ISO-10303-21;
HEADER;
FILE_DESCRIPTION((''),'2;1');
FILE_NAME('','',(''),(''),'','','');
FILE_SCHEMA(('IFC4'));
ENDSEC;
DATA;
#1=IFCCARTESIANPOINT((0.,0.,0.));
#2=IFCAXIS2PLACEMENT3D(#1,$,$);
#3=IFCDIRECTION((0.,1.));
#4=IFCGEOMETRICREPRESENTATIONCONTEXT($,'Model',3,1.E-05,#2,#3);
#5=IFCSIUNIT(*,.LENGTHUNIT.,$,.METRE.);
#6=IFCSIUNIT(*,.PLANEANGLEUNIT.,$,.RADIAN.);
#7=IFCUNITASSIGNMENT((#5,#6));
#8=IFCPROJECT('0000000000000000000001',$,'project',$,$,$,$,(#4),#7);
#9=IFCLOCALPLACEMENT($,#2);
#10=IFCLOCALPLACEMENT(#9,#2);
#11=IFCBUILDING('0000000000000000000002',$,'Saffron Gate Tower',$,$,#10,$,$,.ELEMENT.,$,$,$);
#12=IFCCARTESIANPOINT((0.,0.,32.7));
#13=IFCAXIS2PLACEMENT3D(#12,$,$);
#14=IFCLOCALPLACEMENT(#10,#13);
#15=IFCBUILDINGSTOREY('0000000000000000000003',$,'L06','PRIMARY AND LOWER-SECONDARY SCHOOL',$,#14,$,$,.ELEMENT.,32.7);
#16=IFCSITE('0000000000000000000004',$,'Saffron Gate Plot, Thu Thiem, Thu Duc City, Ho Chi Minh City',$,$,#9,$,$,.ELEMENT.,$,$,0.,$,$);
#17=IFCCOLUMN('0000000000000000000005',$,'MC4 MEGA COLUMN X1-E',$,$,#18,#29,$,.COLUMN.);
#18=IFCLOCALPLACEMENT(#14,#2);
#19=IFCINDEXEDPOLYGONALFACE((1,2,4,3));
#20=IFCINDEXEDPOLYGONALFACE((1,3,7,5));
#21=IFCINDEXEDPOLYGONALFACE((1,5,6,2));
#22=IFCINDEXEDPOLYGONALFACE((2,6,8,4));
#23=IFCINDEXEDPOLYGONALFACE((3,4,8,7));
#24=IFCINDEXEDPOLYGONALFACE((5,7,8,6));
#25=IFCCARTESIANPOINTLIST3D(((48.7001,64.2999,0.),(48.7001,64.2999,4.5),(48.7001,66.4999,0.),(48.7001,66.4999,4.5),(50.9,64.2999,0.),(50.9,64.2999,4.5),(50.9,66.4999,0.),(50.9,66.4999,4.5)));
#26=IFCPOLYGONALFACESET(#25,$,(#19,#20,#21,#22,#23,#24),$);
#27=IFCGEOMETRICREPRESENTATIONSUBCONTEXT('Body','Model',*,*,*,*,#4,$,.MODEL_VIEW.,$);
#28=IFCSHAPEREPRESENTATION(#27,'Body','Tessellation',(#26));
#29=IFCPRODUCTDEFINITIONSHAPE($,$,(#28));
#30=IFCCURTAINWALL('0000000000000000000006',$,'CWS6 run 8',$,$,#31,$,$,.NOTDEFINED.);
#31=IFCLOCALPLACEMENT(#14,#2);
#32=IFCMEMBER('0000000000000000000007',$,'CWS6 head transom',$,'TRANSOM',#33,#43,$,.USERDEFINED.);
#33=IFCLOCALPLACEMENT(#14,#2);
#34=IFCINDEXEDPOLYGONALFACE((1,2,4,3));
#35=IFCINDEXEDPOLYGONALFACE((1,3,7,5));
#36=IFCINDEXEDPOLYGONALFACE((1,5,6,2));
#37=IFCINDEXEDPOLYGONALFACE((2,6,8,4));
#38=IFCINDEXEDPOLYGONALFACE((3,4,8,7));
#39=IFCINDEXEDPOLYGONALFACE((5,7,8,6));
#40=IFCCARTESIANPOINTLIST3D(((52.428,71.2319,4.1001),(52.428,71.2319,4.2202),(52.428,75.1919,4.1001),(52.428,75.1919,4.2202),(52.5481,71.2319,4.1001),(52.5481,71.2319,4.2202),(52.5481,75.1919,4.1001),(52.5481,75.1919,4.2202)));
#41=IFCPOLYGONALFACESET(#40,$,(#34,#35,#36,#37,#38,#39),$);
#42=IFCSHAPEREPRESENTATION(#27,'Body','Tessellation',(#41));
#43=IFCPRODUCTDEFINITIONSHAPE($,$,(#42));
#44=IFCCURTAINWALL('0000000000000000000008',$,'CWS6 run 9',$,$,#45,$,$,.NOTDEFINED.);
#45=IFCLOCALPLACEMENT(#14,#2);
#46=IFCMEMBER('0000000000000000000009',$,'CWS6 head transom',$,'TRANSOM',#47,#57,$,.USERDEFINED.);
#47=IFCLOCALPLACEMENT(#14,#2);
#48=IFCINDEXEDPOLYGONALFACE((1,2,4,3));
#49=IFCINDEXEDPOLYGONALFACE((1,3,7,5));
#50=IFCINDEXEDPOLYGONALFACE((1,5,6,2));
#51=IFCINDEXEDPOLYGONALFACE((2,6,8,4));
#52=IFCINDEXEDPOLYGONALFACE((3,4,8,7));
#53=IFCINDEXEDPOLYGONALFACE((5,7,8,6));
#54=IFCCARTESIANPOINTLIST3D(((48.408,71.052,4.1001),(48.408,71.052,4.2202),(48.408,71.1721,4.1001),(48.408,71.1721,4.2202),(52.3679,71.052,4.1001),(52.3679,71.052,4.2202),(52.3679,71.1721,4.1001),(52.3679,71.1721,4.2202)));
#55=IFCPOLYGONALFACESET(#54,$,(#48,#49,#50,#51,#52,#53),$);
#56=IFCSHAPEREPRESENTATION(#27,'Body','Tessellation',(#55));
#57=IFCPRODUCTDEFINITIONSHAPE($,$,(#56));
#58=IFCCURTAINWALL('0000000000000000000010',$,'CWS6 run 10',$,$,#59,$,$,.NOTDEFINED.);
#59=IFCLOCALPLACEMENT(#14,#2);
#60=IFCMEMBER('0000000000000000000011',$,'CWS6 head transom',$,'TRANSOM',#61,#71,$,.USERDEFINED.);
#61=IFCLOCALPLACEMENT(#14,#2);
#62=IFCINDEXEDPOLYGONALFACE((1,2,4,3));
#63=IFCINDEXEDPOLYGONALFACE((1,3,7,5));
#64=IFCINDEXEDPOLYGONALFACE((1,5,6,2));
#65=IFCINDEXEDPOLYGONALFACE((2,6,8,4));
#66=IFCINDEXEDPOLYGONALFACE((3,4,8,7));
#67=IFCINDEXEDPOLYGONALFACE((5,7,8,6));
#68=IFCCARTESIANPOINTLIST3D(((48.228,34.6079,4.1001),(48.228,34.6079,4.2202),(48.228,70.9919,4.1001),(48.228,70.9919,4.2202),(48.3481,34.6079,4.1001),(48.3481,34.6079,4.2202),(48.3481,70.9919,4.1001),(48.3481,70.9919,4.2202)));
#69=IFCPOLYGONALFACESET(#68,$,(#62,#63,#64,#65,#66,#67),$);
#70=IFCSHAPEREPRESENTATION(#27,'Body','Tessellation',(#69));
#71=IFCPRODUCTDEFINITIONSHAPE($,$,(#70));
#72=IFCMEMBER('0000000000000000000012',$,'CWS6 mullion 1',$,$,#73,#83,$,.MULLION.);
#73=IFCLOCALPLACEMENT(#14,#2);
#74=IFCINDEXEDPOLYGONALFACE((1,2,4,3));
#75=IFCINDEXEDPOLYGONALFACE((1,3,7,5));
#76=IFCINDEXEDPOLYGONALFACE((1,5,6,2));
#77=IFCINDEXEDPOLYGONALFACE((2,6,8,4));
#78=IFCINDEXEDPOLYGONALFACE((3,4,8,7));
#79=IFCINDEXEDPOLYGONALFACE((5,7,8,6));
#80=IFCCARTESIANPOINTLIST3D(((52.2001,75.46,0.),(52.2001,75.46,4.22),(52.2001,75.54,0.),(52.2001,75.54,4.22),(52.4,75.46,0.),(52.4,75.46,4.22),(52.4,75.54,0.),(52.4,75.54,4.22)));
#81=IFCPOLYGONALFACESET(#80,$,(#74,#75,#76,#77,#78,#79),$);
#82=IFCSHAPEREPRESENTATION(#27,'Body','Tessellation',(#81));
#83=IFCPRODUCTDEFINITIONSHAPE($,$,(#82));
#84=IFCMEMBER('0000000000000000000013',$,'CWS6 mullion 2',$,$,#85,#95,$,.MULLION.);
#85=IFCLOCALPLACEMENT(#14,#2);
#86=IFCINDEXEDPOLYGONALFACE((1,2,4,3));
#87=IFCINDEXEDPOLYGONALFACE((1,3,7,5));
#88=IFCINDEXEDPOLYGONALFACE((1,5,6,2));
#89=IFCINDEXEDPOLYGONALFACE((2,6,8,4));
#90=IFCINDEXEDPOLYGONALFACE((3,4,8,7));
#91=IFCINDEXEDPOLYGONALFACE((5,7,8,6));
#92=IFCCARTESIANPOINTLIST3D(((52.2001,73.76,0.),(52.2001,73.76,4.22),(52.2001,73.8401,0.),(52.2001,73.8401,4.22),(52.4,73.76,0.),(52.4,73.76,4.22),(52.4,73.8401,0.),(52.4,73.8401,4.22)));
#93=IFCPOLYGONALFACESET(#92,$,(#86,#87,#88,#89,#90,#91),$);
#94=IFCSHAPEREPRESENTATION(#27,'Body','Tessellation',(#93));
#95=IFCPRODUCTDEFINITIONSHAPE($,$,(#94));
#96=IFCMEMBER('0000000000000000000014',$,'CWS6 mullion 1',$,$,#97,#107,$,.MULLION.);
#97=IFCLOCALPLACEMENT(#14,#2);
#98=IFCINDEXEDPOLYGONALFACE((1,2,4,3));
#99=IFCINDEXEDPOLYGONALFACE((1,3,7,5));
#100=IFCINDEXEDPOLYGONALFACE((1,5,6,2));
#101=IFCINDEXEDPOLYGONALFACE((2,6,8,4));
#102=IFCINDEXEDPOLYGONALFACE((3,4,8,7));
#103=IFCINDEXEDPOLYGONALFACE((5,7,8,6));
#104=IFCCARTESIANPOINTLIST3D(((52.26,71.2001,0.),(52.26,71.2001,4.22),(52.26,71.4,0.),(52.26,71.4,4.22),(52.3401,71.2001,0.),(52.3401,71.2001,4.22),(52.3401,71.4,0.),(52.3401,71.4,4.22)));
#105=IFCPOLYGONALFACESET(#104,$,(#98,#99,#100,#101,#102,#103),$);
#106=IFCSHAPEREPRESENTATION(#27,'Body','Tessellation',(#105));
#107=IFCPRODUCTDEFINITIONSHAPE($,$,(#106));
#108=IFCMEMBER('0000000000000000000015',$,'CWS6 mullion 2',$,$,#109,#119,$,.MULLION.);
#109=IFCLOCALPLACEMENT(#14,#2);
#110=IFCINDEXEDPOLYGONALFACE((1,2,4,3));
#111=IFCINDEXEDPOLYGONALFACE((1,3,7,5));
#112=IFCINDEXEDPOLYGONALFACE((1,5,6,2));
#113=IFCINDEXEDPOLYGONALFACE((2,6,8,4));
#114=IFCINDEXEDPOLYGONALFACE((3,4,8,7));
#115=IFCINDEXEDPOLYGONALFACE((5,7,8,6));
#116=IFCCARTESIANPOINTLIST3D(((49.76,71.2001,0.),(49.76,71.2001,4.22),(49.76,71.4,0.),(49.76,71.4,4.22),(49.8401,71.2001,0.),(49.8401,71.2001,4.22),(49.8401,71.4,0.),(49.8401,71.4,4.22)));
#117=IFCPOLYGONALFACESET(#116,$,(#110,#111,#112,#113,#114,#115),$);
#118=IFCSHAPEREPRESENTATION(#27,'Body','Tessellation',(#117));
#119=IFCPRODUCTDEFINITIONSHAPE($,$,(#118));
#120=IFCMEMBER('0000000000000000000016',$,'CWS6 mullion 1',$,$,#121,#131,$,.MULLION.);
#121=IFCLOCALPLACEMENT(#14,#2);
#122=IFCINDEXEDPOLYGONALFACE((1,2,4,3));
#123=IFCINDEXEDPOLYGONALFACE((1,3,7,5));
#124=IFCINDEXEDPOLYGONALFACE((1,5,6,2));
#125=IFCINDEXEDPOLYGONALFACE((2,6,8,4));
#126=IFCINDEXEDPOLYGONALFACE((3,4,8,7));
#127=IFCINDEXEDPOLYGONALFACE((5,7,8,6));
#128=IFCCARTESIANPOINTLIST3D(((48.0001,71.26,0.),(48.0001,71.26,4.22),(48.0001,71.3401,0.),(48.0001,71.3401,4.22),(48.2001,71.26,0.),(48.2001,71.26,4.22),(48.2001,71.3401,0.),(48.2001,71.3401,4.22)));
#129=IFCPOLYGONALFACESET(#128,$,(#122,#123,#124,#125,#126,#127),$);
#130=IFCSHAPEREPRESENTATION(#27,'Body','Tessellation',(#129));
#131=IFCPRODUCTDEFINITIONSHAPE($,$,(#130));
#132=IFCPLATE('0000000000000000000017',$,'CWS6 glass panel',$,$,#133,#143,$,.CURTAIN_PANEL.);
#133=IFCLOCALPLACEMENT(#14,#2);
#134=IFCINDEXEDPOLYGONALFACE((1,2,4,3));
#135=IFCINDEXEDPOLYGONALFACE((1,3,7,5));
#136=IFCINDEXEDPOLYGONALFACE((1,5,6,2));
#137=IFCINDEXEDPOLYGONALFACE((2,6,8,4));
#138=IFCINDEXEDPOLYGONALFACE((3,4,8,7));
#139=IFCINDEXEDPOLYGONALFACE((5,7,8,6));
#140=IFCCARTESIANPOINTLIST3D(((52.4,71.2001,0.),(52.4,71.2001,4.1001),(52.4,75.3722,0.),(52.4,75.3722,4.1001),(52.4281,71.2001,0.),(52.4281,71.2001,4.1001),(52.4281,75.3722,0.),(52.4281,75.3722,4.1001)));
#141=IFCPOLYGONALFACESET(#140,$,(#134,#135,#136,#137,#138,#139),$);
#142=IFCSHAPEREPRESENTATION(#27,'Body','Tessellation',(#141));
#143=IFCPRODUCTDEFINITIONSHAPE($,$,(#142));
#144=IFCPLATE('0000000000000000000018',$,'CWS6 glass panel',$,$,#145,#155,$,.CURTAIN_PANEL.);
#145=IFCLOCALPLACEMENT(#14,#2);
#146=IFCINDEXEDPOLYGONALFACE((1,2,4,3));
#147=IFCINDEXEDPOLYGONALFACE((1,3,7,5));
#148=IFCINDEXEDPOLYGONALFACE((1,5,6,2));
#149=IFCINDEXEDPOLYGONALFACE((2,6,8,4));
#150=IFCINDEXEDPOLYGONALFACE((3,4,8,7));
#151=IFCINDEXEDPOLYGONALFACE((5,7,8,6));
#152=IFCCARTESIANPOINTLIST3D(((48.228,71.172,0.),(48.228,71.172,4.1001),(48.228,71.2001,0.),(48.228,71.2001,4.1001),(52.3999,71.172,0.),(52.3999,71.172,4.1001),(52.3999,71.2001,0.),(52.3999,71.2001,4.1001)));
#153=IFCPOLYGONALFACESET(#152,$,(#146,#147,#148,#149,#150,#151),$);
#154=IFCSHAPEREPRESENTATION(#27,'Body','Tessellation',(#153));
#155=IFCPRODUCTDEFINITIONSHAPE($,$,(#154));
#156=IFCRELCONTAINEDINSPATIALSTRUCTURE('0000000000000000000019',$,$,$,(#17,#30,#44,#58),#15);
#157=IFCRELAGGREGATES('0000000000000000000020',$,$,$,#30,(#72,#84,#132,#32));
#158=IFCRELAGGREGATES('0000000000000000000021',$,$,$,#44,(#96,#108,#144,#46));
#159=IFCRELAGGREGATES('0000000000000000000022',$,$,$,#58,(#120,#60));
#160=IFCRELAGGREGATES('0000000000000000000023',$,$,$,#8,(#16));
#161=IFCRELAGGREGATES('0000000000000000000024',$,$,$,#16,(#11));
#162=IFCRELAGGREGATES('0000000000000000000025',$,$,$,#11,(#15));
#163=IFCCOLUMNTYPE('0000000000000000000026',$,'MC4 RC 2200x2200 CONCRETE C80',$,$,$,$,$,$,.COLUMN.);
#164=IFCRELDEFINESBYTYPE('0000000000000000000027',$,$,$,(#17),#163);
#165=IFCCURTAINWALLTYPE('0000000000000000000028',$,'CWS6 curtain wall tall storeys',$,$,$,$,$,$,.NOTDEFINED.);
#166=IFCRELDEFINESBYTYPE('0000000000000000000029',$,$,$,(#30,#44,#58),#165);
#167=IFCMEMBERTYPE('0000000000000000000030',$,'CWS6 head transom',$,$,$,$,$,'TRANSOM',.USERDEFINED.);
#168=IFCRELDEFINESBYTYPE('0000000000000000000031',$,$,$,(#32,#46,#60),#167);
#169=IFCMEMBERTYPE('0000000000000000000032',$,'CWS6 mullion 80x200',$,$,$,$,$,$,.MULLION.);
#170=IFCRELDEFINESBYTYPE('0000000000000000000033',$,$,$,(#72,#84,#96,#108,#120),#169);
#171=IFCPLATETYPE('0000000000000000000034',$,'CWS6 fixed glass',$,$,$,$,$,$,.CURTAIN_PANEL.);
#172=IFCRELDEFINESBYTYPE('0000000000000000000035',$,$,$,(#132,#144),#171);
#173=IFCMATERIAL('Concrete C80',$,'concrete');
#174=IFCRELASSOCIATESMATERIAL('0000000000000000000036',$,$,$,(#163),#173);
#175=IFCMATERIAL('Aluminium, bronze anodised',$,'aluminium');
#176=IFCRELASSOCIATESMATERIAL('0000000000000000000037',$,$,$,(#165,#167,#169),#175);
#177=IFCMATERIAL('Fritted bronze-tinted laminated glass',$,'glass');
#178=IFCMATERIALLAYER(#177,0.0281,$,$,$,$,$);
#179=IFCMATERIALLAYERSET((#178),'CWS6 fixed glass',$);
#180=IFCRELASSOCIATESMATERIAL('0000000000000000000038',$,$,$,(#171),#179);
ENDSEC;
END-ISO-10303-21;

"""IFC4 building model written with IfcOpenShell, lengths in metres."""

from ifc_helpers import new_model, si_unit, direction, frame, frame_2d, origin, origin_2d, place, context, subcontext, project, spatial, rectangle, extrude, material, layer, layer_set, material_profile, profile_set, type_object, element, aggregate, save


model = new_model("IFC4")

# Units and contexts
model_context = context("Model", 3, precision=1e-05, world=origin(), true_north=direction((0.0, 1.0)))
body_context = subcontext(model_context, "Body", "Model", "MODEL_VIEW")
ifc_project = project(units=[si_unit("LENGTHUNIT", "METRE"), si_unit("PLANEANGLEUNIT", "RADIAN")], contexts=[model_context])

# Site, building, storey
site_placement = place(None, origin())
site = spatial("IfcSite", under=ifc_project, at=site_placement, Name="Saffron Gate Plot, Thu Thiem, Thu Duc City, Ho Chi Minh City", CompositionType="ELEMENT", RefElevation=0.0)
building_placement = place(site_placement, origin())
building = spatial("IfcBuilding", under=site, at=building_placement, Name="Saffron Gate Tower", CompositionType="ELEMENT")
storey_placement = place(building_placement, frame((0.0, 0.0, 32.7)))
storey = spatial("IfcBuildingStorey", under=building, at=storey_placement, Name="L06", Description="PRIMARY AND LOWER-SECONDARY SCHOOL", CompositionType="ELEMENT", Elevation=32.7)

# Column
ifc_material_1 = material(Name="Concrete C80", Category="concrete")
ifc_material_profile_1 = material_profile(ifc_material_1, rectangle(XDim=2.2, YDim=2.2, at=origin_2d()))
ifc_profile_set_1 = profile_set([ifc_material_profile_1], Name="Concrete C80")
column_type = type_object("IfcColumnType", Name="MC4 RC 2200x2200 CONCRETE C80", PredefinedType="COLUMN", material=ifc_profile_set_1)
column_placement = place(storey_placement, frame((49.8, 65.3999, 0.0), z_axis=(0.0, 0.0, 1.0), x_axis=(1.0, 0.0, 0.0)))
element("IfcColumn", 1, at=column_placement, inside=storey, type_object=column_type, Name="MC4 MEGA COLUMN X1-E", PredefinedType="COLUMN", context=body_context, shape_type="SweptSolid", body=[
    extrude(rectangle(XDim=2.2, YDim=2.2, at=origin_2d()), origin(), (0.0, 0.0, 1.0), 4.5),
])

# Curtain walls, members
ifc_material_2 = material(Name="Aluminium, bronze anodised", Category="aluminium")
curtain_wall_type = type_object("IfcCurtainWallType", Name="CWS6 curtain wall tall storeys", PredefinedType="NOTDEFINED", material=ifc_material_2)
curtain_wall_1_placement = place(storey_placement, origin())
curtain_wall_1 = element("IfcCurtainWall", 2, at=curtain_wall_1_placement, inside=storey, type_object=curtain_wall_type, Name="CWS6 run 8", PredefinedType="NOTDEFINED")
ifc_material_profile_2 = material_profile(ifc_material_2, rectangle(XDim=0.1201, YDim=0.1201, at=origin_2d()))
ifc_profile_set_2 = profile_set([ifc_material_profile_2], Name="Aluminium, bronze anodised")
member_type_1 = type_object("IfcMemberType", Name="CWS6 head transom", ElementType="TRANSOM", PredefinedType="USERDEFINED", material=ifc_profile_set_2)
member_1_placement = place(storey_placement, frame((52.488, 75.1919, 4.1602), z_axis=(0.0, -1.0, 0.0), x_axis=(1.0, 0.0, 0.0)))
member_1 = element("IfcMember", 3, at=member_1_placement, type_object=member_type_1, Name="CWS6 head transom", ObjectType="TRANSOM", PredefinedType="USERDEFINED", context=body_context, shape_type="SweptSolid", body=[
    extrude(rectangle(XDim=0.1201, YDim=0.1201, at=origin_2d()), origin(), (0.0, 0.0, 1.0), 3.96),
])
curtain_wall_2_placement = place(storey_placement, origin())
curtain_wall_2 = element("IfcCurtainWall", 4, at=curtain_wall_2_placement, inside=storey, type_object=curtain_wall_type, Name="CWS6 run 9", PredefinedType="NOTDEFINED")
member_2_placement = place(storey_placement, frame((52.3679, 71.1121, 4.1602), z_axis=(-1.0, 0.0, 0.0), x_axis=(0.0, -1.0, 0.0)))
member_2 = element("IfcMember", 5, at=member_2_placement, type_object=member_type_1, Name="CWS6 head transom", ObjectType="TRANSOM", PredefinedType="USERDEFINED", context=body_context, shape_type="SweptSolid", body=[
    extrude(rectangle(XDim=0.1201, YDim=0.1201, at=origin_2d()), origin(), (0.0, 0.0, 1.0), 3.96),
])
curtain_wall_3_placement = place(storey_placement, origin())
curtain_wall_3 = element("IfcCurtainWall", 6, at=curtain_wall_3_placement, inside=storey, type_object=curtain_wall_type, Name="CWS6 run 10", PredefinedType="NOTDEFINED")
member_3_placement = place(storey_placement, frame((48.2881, 70.9919, 4.1602), z_axis=(0.0, -1.0, 0.0), x_axis=(1.0, 0.0, 0.0)))
member_3 = element("IfcMember", 7, at=member_3_placement, type_object=member_type_1, Name="CWS6 head transom", ObjectType="TRANSOM", PredefinedType="USERDEFINED", context=body_context, shape_type="SweptSolid", body=[
    extrude(rectangle(XDim=0.1201, YDim=0.1201, at=origin_2d()), origin(), (0.0, 0.0, 1.0), 36.384),
])

# Members
ifc_material_profile_3 = material_profile(ifc_material_2, rectangle(XDim=0.2, YDim=0.0801, at=origin_2d()))
ifc_profile_set_3 = profile_set([ifc_material_profile_3], Name="Aluminium, bronze anodised")
member_type_2 = type_object("IfcMemberType", Name="CWS6 mullion 80x200", PredefinedType="MULLION", material=ifc_profile_set_3)
member_4_placement = place(storey_placement, frame((52.3, 75.5, 0.0), z_axis=(0.0, 0.0, 1.0), x_axis=(1.0, 0.0, 0.0)))
member_4 = element("IfcMember", 8, at=member_4_placement, type_object=member_type_2, Name="CWS6 mullion 1", PredefinedType="MULLION", context=body_context, shape_type="SweptSolid", body=[
    extrude(rectangle(XDim=0.2, YDim=0.0801, at=origin_2d()), origin(), (0.0, 0.0, 1.0), 4.22),
])
member_5_placement = place(storey_placement, frame((52.3, 73.8, 0.0), z_axis=(0.0, 0.0, 1.0), x_axis=(1.0, 0.0, 0.0)))
member_5 = element("IfcMember", 9, at=member_5_placement, type_object=member_type_2, Name="CWS6 mullion 2", PredefinedType="MULLION", context=body_context, shape_type="SweptSolid", body=[
    extrude(rectangle(XDim=0.2, YDim=0.0801, at=origin_2d()), origin(), (0.0, 0.0, 1.0), 4.22),
])
member_6_placement = place(storey_placement, frame((52.3, 71.3, 0.0), z_axis=(0.0, 0.0, 1.0), x_axis=(0.0, -1.0, 0.0)))
member_6 = element("IfcMember", 10, at=member_6_placement, type_object=member_type_2, Name="CWS6 mullion 1", PredefinedType="MULLION", context=body_context, shape_type="SweptSolid", body=[
    extrude(rectangle(XDim=0.2, YDim=0.0801, at=origin_2d()), origin(), (0.0, 0.0, 1.0), 4.22),
])
member_7_placement = place(storey_placement, frame((49.8, 71.3, 0.0), z_axis=(0.0, 0.0, 1.0), x_axis=(0.0, -1.0, 0.0)))
member_7 = element("IfcMember", 11, at=member_7_placement, type_object=member_type_2, Name="CWS6 mullion 2", PredefinedType="MULLION", context=body_context, shape_type="SweptSolid", body=[
    extrude(rectangle(XDim=0.2, YDim=0.0801, at=origin_2d()), origin(), (0.0, 0.0, 1.0), 4.22),
])
member_8_placement = place(storey_placement, frame((48.1001, 71.3, 0.0), z_axis=(0.0, 0.0, 1.0), x_axis=(1.0, 0.0, 0.0)))
member_8 = element("IfcMember", 12, at=member_8_placement, type_object=member_type_2, Name="CWS6 mullion 1", PredefinedType="MULLION", context=body_context, shape_type="SweptSolid", body=[
    extrude(rectangle(XDim=0.2, YDim=0.0801, at=origin_2d()), origin(), (0.0, 0.0, 1.0), 4.22),
])

# Plates
ifc_material_3 = material(Name="Fritted bronze-tinted laminated glass", Category="glass")
ifc_layer_1 = layer(ifc_material_3, 0.0281)
ifc_layer_set_1 = layer_set([ifc_layer_1], Name="CWS6 fixed glass")
plate_type = type_object("IfcPlateType", Name="CWS6 fixed glass", PredefinedType="CURTAIN_PANEL", material=ifc_layer_set_1)
plate_1_placement = place(storey_placement, frame((52.4141, 75.3721, 0.0), z_axis=(0.0, 0.0, 1.0), x_axis=(0.0, -1.0, 0.0)))
plate_1 = element("IfcPlate", 13, at=plate_1_placement, type_object=plate_type, Name="CWS6 glass panel", PredefinedType="CURTAIN_PANEL", context=body_context, shape_type="SweptSolid", body=[
    extrude(rectangle(XDim=4.1721, YDim=0.0281, at=frame_2d((2.0859, 0.0))), origin(), (0.0, 0.0, 1.0), 4.1001),
])
aggregate(curtain_wall_1, [member_4, member_5, plate_1, member_1])
plate_2_placement = place(storey_placement, frame((52.3999, 71.186, 0.0), z_axis=(0.0, 0.0, 1.0), x_axis=(-1.0, 0.0, 0.0)))
plate_2 = element("IfcPlate", 14, at=plate_2_placement, type_object=plate_type, Name="CWS6 glass panel", PredefinedType="CURTAIN_PANEL", context=body_context, shape_type="SweptSolid", body=[
    extrude(rectangle(XDim=4.1719, YDim=0.0281, at=frame_2d((2.0859, 0.0))), origin(), (0.0, 0.0, 1.0), 4.1001),
])
aggregate(curtain_wall_2, [member_6, member_7, plate_2, member_2])

aggregate(curtain_wall_3, [member_8, member_3])

save(model, "model.ifc")
